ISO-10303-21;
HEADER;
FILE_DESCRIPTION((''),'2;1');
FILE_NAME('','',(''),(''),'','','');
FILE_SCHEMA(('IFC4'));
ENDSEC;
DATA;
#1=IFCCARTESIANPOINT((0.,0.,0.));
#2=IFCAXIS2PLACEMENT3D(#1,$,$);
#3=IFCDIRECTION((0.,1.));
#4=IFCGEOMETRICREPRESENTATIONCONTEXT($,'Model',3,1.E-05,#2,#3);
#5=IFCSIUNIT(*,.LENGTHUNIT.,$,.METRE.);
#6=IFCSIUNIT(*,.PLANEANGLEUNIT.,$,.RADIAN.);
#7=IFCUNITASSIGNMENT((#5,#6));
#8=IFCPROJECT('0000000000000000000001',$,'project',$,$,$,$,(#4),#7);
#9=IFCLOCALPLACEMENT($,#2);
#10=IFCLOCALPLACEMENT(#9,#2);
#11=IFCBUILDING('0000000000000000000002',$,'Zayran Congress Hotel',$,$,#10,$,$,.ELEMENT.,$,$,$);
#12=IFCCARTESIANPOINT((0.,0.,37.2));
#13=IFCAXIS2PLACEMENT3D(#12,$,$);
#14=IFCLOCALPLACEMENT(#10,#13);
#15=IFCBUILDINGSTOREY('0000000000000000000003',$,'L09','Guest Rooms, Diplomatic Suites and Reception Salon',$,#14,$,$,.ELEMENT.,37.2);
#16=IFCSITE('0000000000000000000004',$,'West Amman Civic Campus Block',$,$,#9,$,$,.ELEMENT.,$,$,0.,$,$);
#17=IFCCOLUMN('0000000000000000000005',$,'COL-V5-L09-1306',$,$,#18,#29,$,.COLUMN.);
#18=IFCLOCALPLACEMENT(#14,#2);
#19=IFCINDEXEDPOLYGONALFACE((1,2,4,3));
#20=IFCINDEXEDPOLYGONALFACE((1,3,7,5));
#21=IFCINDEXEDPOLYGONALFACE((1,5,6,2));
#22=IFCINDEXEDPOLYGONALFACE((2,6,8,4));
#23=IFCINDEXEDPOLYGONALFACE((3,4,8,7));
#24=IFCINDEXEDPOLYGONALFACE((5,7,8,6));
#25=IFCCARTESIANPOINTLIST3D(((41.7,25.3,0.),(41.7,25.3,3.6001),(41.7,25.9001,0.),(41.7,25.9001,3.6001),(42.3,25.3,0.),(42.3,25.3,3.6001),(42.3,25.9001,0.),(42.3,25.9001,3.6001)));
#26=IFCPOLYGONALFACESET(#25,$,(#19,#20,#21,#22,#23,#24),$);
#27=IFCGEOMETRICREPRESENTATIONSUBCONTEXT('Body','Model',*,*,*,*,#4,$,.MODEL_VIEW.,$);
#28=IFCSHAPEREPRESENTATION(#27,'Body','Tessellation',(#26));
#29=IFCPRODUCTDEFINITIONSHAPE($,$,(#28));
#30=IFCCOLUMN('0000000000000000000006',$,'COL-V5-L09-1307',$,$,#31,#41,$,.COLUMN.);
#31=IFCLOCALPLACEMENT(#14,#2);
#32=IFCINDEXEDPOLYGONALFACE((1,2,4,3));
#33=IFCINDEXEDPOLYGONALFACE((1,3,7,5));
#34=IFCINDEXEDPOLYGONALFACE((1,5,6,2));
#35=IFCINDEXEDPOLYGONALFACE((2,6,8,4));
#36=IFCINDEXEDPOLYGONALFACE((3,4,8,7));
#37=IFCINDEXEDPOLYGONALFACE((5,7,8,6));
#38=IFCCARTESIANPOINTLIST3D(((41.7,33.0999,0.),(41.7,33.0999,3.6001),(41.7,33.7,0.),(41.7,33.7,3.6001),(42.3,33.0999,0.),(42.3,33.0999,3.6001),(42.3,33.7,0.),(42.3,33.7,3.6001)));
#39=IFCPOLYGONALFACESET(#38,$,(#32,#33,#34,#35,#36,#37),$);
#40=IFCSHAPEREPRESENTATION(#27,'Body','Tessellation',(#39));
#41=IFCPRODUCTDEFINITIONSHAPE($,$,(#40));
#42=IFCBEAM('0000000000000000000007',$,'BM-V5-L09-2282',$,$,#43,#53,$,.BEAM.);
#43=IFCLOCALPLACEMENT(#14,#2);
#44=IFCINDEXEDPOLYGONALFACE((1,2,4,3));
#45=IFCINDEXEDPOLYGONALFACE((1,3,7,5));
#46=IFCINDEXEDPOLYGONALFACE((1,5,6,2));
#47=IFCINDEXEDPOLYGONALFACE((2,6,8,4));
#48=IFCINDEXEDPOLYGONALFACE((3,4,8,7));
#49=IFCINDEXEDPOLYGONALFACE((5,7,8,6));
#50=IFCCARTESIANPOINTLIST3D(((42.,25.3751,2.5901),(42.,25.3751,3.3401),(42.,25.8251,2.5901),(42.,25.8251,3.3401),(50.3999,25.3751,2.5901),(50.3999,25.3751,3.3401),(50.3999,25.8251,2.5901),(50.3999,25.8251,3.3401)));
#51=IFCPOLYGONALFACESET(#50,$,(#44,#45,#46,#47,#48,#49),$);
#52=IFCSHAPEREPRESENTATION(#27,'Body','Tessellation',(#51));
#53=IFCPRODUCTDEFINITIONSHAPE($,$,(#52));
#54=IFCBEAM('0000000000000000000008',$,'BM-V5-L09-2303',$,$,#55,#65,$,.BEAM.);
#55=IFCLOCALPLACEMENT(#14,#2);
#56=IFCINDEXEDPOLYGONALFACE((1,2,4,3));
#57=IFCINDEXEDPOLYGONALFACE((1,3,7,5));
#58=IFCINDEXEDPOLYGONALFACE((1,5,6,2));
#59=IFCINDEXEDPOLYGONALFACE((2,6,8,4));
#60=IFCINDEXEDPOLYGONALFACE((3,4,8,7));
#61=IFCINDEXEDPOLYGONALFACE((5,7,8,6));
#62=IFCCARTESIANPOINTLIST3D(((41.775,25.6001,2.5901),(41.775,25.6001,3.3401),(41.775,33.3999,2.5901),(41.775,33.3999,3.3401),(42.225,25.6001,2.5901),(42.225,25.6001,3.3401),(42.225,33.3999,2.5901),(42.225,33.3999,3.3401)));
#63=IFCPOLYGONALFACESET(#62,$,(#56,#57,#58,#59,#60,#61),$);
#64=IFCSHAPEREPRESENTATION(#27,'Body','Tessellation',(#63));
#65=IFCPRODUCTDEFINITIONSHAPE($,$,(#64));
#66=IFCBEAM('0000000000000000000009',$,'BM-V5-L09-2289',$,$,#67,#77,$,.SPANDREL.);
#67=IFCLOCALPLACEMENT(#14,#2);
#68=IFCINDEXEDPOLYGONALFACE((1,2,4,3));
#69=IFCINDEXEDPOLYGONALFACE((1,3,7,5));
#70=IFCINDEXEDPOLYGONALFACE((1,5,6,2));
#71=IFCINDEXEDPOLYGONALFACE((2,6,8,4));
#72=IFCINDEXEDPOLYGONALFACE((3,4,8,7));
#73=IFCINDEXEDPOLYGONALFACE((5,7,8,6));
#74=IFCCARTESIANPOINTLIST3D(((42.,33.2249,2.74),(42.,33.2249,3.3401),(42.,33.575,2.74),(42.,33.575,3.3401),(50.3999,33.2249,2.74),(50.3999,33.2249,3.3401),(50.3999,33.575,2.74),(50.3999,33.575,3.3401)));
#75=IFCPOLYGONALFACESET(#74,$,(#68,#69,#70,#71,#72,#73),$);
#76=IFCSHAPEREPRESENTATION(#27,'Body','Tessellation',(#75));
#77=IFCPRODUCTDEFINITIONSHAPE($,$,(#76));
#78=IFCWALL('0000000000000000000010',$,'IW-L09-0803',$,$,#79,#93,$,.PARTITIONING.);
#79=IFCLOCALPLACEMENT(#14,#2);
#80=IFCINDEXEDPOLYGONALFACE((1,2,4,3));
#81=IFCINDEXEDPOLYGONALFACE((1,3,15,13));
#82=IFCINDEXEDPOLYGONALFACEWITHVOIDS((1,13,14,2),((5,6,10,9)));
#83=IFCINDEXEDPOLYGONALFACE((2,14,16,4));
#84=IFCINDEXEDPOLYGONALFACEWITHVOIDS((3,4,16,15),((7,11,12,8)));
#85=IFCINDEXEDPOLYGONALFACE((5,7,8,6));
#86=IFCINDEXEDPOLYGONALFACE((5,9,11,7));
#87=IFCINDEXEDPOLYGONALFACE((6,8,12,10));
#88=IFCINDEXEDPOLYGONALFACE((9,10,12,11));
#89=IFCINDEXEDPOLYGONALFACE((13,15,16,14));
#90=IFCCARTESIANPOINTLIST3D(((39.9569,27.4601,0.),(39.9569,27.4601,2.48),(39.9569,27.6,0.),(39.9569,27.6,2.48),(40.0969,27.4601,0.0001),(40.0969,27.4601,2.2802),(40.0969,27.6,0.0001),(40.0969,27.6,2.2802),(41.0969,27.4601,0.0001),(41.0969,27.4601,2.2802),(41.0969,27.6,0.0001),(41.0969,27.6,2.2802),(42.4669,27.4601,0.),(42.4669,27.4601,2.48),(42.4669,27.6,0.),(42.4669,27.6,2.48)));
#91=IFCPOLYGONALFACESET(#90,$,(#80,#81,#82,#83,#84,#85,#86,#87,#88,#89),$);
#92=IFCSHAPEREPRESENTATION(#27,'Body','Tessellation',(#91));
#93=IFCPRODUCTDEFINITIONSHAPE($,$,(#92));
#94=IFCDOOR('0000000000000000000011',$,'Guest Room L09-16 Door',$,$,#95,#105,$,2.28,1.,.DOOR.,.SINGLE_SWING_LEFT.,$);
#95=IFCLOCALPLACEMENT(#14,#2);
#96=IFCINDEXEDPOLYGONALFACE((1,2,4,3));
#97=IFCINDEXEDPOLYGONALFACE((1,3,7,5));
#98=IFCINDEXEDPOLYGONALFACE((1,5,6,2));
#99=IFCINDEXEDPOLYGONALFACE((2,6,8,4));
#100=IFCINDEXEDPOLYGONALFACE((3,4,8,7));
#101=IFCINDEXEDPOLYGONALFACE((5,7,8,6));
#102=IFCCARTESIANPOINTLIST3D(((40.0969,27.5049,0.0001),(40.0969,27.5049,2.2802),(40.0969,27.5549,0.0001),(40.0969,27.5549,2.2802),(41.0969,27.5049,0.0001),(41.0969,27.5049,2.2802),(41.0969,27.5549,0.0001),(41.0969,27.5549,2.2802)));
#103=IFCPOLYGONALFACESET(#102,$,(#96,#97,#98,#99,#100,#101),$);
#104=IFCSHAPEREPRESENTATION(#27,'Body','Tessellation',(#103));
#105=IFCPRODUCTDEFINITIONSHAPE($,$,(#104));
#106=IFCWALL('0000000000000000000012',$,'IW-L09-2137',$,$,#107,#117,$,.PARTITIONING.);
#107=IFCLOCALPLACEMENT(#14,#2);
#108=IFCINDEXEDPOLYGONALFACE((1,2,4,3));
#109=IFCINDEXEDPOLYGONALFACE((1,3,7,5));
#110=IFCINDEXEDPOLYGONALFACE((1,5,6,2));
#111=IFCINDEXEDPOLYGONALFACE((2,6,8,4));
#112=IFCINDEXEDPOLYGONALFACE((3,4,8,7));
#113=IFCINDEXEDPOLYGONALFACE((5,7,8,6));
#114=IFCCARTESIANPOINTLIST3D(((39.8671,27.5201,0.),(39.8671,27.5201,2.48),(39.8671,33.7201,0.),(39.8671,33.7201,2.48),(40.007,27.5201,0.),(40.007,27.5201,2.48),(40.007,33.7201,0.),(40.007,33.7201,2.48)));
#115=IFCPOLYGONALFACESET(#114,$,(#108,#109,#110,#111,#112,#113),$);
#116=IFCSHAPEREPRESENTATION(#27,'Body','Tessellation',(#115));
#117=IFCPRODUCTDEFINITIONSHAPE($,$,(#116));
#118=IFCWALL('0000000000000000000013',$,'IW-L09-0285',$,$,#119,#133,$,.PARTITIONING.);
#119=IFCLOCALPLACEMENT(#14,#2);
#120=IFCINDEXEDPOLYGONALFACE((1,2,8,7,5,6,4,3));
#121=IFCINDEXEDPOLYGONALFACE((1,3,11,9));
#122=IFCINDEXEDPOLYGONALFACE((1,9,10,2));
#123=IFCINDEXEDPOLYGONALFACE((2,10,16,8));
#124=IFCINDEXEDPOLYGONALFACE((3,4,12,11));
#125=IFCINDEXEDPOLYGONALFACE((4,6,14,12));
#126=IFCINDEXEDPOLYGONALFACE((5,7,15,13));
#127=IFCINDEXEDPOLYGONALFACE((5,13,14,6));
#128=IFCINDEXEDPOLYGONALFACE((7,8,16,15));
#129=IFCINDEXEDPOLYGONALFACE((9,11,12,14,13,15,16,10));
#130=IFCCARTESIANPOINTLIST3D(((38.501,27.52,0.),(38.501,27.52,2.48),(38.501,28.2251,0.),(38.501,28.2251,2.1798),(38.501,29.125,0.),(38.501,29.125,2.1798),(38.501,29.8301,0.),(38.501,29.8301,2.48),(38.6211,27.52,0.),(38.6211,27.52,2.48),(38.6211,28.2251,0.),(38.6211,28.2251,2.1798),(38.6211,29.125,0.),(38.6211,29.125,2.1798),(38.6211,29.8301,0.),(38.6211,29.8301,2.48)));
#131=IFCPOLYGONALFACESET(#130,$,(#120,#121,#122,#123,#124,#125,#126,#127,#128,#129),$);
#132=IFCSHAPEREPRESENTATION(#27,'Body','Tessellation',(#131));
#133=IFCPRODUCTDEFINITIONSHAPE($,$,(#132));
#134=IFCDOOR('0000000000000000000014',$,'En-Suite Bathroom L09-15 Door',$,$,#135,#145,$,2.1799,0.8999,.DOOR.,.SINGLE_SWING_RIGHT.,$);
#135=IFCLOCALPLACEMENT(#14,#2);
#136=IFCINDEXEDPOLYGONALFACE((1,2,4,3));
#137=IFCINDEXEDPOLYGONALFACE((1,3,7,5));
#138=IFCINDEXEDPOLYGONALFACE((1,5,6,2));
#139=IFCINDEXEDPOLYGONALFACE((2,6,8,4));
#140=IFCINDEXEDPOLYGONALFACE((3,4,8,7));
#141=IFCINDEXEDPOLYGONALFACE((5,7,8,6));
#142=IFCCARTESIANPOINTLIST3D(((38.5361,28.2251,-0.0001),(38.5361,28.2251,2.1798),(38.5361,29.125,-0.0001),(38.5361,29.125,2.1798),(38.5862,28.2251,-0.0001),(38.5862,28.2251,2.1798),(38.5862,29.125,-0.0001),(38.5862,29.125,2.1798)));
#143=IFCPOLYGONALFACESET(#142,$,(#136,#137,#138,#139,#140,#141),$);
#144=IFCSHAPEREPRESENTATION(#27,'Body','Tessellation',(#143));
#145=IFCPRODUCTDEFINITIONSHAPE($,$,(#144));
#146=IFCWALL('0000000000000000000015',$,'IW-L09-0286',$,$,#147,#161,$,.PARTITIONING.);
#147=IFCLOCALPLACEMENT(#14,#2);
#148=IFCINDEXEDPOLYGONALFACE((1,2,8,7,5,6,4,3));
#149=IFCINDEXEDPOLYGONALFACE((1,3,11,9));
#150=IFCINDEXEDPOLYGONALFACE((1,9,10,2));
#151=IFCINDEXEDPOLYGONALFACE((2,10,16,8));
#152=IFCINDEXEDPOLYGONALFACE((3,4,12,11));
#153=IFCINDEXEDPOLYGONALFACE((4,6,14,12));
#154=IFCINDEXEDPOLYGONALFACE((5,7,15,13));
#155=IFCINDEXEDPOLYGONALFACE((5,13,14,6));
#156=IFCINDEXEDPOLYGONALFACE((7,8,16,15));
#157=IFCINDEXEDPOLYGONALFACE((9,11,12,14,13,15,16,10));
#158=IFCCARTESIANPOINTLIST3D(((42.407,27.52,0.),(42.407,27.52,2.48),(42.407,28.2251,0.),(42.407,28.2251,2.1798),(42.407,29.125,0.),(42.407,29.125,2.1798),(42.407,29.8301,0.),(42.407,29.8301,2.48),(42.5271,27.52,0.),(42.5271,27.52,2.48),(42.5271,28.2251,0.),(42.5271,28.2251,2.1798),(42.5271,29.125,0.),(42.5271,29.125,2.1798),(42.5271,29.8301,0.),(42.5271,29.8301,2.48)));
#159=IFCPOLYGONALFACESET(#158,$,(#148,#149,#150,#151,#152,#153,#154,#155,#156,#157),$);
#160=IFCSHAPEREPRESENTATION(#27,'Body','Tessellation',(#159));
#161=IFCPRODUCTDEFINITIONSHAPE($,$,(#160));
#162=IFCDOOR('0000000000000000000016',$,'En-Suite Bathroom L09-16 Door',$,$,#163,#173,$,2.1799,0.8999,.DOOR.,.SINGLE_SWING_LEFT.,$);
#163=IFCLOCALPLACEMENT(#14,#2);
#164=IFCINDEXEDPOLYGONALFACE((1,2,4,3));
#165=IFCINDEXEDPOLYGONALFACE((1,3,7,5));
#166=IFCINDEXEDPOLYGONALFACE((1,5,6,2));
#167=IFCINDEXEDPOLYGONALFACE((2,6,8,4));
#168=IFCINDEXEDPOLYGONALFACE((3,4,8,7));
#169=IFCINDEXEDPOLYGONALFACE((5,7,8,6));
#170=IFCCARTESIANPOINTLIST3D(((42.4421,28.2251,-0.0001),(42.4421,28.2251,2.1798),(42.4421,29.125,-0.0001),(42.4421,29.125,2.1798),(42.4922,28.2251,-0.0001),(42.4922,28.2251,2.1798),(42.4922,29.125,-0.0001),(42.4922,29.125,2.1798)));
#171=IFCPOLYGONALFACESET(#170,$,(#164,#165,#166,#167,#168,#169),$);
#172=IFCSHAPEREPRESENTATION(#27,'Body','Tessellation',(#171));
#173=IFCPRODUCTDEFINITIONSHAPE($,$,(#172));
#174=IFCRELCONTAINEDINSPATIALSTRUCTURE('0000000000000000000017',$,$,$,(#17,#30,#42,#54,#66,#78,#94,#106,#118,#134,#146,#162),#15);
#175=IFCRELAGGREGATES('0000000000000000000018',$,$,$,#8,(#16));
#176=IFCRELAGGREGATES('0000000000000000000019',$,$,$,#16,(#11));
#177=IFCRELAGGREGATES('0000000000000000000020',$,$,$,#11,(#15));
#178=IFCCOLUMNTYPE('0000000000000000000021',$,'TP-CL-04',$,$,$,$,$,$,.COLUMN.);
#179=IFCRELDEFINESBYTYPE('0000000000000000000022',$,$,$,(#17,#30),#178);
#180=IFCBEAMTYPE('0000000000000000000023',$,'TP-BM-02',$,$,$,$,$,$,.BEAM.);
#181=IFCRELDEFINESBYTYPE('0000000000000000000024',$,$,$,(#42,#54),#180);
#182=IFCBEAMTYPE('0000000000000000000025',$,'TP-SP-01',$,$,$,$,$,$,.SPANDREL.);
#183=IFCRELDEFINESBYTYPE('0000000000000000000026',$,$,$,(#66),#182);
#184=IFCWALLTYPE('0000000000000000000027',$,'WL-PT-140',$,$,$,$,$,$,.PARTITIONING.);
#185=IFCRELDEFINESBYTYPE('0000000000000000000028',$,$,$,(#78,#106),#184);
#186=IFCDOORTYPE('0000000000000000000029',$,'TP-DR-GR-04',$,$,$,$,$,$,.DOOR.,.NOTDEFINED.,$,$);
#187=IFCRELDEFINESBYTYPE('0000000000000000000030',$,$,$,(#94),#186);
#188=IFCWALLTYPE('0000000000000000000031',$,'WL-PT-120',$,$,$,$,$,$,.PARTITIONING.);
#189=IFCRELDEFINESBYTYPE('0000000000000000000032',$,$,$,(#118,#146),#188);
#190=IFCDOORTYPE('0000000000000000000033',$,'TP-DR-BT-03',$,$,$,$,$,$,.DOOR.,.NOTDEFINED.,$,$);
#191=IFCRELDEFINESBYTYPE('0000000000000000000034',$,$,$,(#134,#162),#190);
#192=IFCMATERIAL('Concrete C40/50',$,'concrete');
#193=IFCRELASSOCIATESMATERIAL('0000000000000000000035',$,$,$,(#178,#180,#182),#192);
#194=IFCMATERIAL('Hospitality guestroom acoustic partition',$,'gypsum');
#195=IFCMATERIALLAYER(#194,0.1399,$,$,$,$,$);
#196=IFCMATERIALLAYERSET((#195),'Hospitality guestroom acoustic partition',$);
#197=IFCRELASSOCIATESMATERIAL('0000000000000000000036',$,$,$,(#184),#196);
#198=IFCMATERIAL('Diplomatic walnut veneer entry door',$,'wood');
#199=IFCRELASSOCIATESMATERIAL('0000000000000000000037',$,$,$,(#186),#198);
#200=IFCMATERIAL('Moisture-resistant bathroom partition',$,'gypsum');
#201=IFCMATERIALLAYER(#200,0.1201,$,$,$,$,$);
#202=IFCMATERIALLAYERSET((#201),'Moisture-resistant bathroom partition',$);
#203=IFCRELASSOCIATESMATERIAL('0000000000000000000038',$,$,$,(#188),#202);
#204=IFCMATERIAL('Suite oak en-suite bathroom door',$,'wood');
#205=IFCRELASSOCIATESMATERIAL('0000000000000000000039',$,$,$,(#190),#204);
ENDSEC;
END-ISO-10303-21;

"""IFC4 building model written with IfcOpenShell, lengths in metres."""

from ifc_helpers import new_model, si_unit, direction, frame, frame_2d, origin, origin_2d, place, context, subcontext, project, spatial, rectangle, extrude, material, layer, layer_set, material_profile, profile_set, type_object, element, fill, save


model = new_model("IFC4")

# Units and contexts
model_context = context("Model", 3, precision=1e-05, world=origin(), true_north=direction((0.0, 1.0)))
body_context = subcontext(model_context, "Body", "Model", "MODEL_VIEW")
ifc_project = project(units=[si_unit("LENGTHUNIT", "METRE"), si_unit("PLANEANGLEUNIT", "RADIAN")], contexts=[model_context])

# Site, building, storey
site_placement = place(None, origin())
site = spatial("IfcSite", under=ifc_project, at=site_placement, Name="West Amman Civic Campus Block", CompositionType="ELEMENT", RefElevation=0.0)
building_placement = place(site_placement, origin())
building = spatial("IfcBuilding", under=site, at=building_placement, Name="Zayran Congress Hotel", CompositionType="ELEMENT")
storey_placement = place(building_placement, frame((0.0, 0.0, 37.2)))
storey = spatial("IfcBuildingStorey", under=building, at=storey_placement, Name="L09", Description="Guest Rooms, Diplomatic Suites and Reception Salon", CompositionType="ELEMENT", Elevation=37.2)

# Columns
ifc_material_1 = material(Name="Concrete C40/50", Category="concrete")
ifc_material_profile_1 = material_profile(ifc_material_1, rectangle(XDim=0.6001, YDim=0.6001, at=origin_2d()), Name="RC 600x600")
ifc_profile_set_1 = profile_set([ifc_material_profile_1], Name="Concrete C40/50")
column_type = type_object("IfcColumnType", Name="TP-CL-04", PredefinedType="COLUMN", material=ifc_profile_set_1)
for number, where, z_axis, x_axis, name in (
    (1, (42.0, 25.6001, 0.0), (0.0, 0.0, 1.0), (1.0, 0.0, 0.0), "COL-V5-L09-1306"),
    (2, (42.0, 33.3999, 0.0), (0.0, 0.0, 1.0), (1.0, 0.0, 0.0), "COL-V5-L09-1307"),
):
    element("IfcColumn", number, at=place(storey_placement, frame(where, z_axis=z_axis, x_axis=x_axis)), inside=storey, type_object=column_type, Name=name, PredefinedType="COLUMN", context=body_context, shape_type="SweptSolid", body=[
        extrude(rectangle(XDim=0.6001, YDim=0.6001, at=origin_2d()), origin(), (0.0, 0.0, 1.0), 3.6001),
    ])

# Beams
ifc_material_profile_2 = material_profile(ifc_material_1, rectangle(XDim=0.45, YDim=0.75, at=origin_2d()), Name="RC 450x750")
ifc_profile_set_2 = profile_set([ifc_material_profile_2], Name="Concrete C40/50")
beam_type_1 = type_object("IfcBeamType", Name="TP-BM-02", PredefinedType="BEAM", material=ifc_profile_set_2)
beam_1_placement = place(storey_placement, frame((42.0, 25.6001, 2.9651), z_axis=(1.0, 0.0, 0.0), x_axis=(0.0, 1.0, 0.0)))
element("IfcBeam", 3, at=beam_1_placement, inside=storey, type_object=beam_type_1, Name="BM-V5-L09-2282", PredefinedType="BEAM", context=body_context, shape_type="SweptSolid", body=[
    extrude(rectangle(XDim=0.45, YDim=0.75, at=origin_2d()), origin(), (0.0, 0.0, 1.0), 8.3999),
])
beam_2_placement = place(storey_placement, frame((42.0, 25.6001, 2.9651), z_axis=(0.0, 1.0, 0.0), x_axis=(-1.0, 0.0, 0.0)))
element("IfcBeam", 4, at=beam_2_placement, inside=storey, type_object=beam_type_1, Name="BM-V5-L09-2303", PredefinedType="BEAM", context=body_context, shape_type="SweptSolid", body=[
    extrude(rectangle(XDim=0.45, YDim=0.75, at=origin_2d()), origin(), (0.0, 0.0, 1.0), 7.7998),
])
ifc_material_profile_3 = material_profile(ifc_material_1, rectangle(XDim=0.3501, YDim=0.6001, at=origin_2d()), Name="RC 350x600")
ifc_profile_set_3 = profile_set([ifc_material_profile_3], Name="Concrete C40/50")
beam_type_2 = type_object("IfcBeamType", Name="TP-SP-01", PredefinedType="SPANDREL", material=ifc_profile_set_3)
beam_3_placement = place(storey_placement, frame((42.0, 33.3999, 3.04), z_axis=(1.0, 0.0, 0.0), x_axis=(0.0, 1.0, 0.0)))
element("IfcBeam", 5, at=beam_3_placement, inside=storey, type_object=beam_type_2, Name="BM-V5-L09-2289", PredefinedType="SPANDREL", context=body_context, shape_type="SweptSolid", body=[
    extrude(rectangle(XDim=0.3501, YDim=0.6001, at=origin_2d()), origin(), (0.0, 0.0, 1.0), 8.3999),
])

# Wall, opening, door
ifc_material_2 = material(Name="Hospitality guestroom acoustic partition", Category="gypsum")
ifc_layer_1 = layer(ifc_material_2, 0.1399)
ifc_layer_set_1 = layer_set([ifc_layer_1], Name="Hospitality guestroom acoustic partition")
wall_type_1 = type_object("IfcWallType", Name="WL-PT-140", PredefinedType="PARTITIONING", material=ifc_layer_set_1)
wall_1_placement = place(storey_placement, frame((39.957, 27.53, 0.0), z_axis=(0.0, 0.0, 1.0), x_axis=(1.0, 0.0, 0.0)))
wall_1 = element("IfcWall", 6, at=wall_1_placement, inside=storey, type_object=wall_type_1, Name="IW-L09-0803", PredefinedType="PARTITIONING", context=body_context, shape_type="SweptSolid", body=[
    extrude(rectangle(XDim=2.51, YDim=0.1399, at=frame_2d((1.2549, 0.0))), origin(), (0.0, 0.0, 1.0), 2.48),
])
opening_1_placement = place(wall_1_placement, frame((0.1399, 0.0, 0.0)))
opening_1 = element("IfcOpeningElement", 7, at=opening_1_placement, cuts=wall_1, PredefinedType="OPENING", context=body_context, shape_type="SweptSolid", body=[
    extrude(rectangle(XDim=1.0, YDim=2.28, at=frame_2d((0.5, 1.1401))), frame((0.0, 0.0798, 0.0), z_axis=(0.0, -1.0, 0.0), x_axis=(1.0, 0.0, 0.0)), (0.0, 0.0, 1.0), 0.1599),
])
ifc_material_3 = material(Name="Diplomatic walnut veneer entry door", Category="wood")
door_type_1 = type_object("IfcDoorType", Name="TP-DR-GR-04", OperationType="NOTDEFINED", PredefinedType="DOOR", material=ifc_material_3)
door_1_placement = place(opening_1_placement, origin())
door_1 = element("IfcDoor", 8, at=door_1_placement, inside=storey, type_object=door_type_1, Name="Guest Room L09-16 Door", OperationType="SINGLE_SWING_LEFT", OverallHeight=2.28, OverallWidth=1.0, PredefinedType="DOOR", context=body_context, shape_type="SweptSolid", body=[
    extrude(rectangle(XDim=1.0, YDim=2.28, at=frame_2d((0.5, 1.1401))), frame((0.0, 0.0249, 0.0), z_axis=(0.0, -1.0, 0.0), x_axis=(1.0, 0.0, 0.0)), (0.0, 0.0, 1.0), 0.05),
])
fill(opening_1, door_1)

# Wall
wall_2_placement = place(storey_placement, frame((39.937, 27.52, 0.0), z_axis=(0.0, 0.0, 1.0), x_axis=(0.0, 1.0, 0.0)))
element("IfcWall", 9, at=wall_2_placement, inside=storey, type_object=wall_type_1, Name="IW-L09-2137", PredefinedType="PARTITIONING", context=body_context, shape_type="SweptSolid", body=[
    extrude(rectangle(XDim=6.2, YDim=0.1399, at=frame_2d((3.1001, 0.0))), origin(), (0.0, 0.0, 1.0), 2.48),
])

# Walls, openings, doors
ifc_material_4 = material(Name="Moisture-resistant bathroom partition", Category="gypsum")
ifc_layer_2 = layer(ifc_material_4, 0.1201)
ifc_layer_set_2 = layer_set([ifc_layer_2], Name="Moisture-resistant bathroom partition")
wall_type_2 = type_object("IfcWallType", Name="WL-PT-120", PredefinedType="PARTITIONING", material=ifc_layer_set_2)
wall_3_placement = place(storey_placement, frame((38.561, 27.52, 0.0), z_axis=(0.0, 0.0, 1.0), x_axis=(0.0, 1.0, 0.0)))
wall_3 = element("IfcWall", 10, at=wall_3_placement, inside=storey, type_object=wall_type_2, Name="IW-L09-0285", PredefinedType="PARTITIONING", context=body_context, shape_type="SweptSolid", body=[
    extrude(rectangle(XDim=2.3101, YDim=0.1201, at=frame_2d((1.155, 0.0))), origin(), (0.0, 0.0, 1.0), 2.48),
])
opening_2_placement = place(wall_3_placement, frame((0.7051, 0.0, 0.0)))
opening_2 = element("IfcOpeningElement", 11, at=opening_2_placement, cuts=wall_3, PredefinedType="OPENING", context=body_context, shape_type="SweptSolid", body=[
    extrude(rectangle(XDim=0.8999, YDim=2.1799, at=frame_2d((0.45, 1.0898))), frame((0.0, 0.0701, 0.0), z_axis=(0.0, -1.0, 0.0), x_axis=(1.0, 0.0, 0.0)), (0.0, 0.0, 1.0), 0.1401),
])
ifc_material_5 = material(Name="Suite oak en-suite bathroom door", Category="wood")
door_type_2 = type_object("IfcDoorType", Name="TP-DR-BT-03", OperationType="NOTDEFINED", PredefinedType="DOOR", material=ifc_material_5)
door_2_placement = place(opening_2_placement, origin())
door_2 = element("IfcDoor", 12, at=door_2_placement, inside=storey, type_object=door_type_2, Name="En-Suite Bathroom L09-15 Door", OperationType="SINGLE_SWING_RIGHT", OverallHeight=2.1799, OverallWidth=0.8999, PredefinedType="DOOR", context=body_context, shape_type="SweptSolid", body=[
    extrude(rectangle(XDim=0.8999, YDim=2.1799, at=frame_2d((0.45, 1.0898))), frame((0.0, 0.0249, 0.0), z_axis=(0.0, -1.0, 0.0), x_axis=(1.0, 0.0, 0.0)), (0.0, 0.0, 1.0), 0.05),
])
fill(opening_2, door_2)
wall_4_placement = place(storey_placement, frame((42.467, 27.52, 0.0), z_axis=(0.0, 0.0, 1.0), x_axis=(0.0, 1.0, 0.0)))
wall_4 = element("IfcWall", 13, at=wall_4_placement, inside=storey, type_object=wall_type_2, Name="IW-L09-0286", PredefinedType="PARTITIONING", context=body_context, shape_type="SweptSolid", body=[
    extrude(rectangle(XDim=2.3101, YDim=0.1201, at=frame_2d((1.155, 0.0))), origin(), (0.0, 0.0, 1.0), 2.48),
])
opening_3_placement = place(wall_4_placement, frame((0.7051, 0.0, 0.0)))
opening_3 = element("IfcOpeningElement", 14, at=opening_3_placement, cuts=wall_4, PredefinedType="OPENING", context=body_context, shape_type="SweptSolid", body=[
    extrude(rectangle(XDim=0.8999, YDim=2.1799, at=frame_2d((0.45, 1.0898))), frame((0.0, 0.0701, 0.0), z_axis=(0.0, -1.0, 0.0), x_axis=(1.0, 0.0, 0.0)), (0.0, 0.0, 1.0), 0.1401),
])
door_3_placement = place(opening_3_placement, origin())
door_3 = element("IfcDoor", 15, at=door_3_placement, inside=storey, type_object=door_type_2, Name="En-Suite Bathroom L09-16 Door", OperationType="SINGLE_SWING_LEFT", OverallHeight=2.1799, OverallWidth=0.8999, PredefinedType="DOOR", context=body_context, shape_type="SweptSolid", body=[
    extrude(rectangle(XDim=0.8999, YDim=2.1799, at=frame_2d((0.45, 1.0898))), frame((0.0, 0.0249, 0.0), z_axis=(0.0, -1.0, 0.0), x_axis=(1.0, 0.0, 0.0)), (0.0, 0.0, 1.0), 0.05),
])
fill(opening_3, door_3)

save(model, "model.ifc")
